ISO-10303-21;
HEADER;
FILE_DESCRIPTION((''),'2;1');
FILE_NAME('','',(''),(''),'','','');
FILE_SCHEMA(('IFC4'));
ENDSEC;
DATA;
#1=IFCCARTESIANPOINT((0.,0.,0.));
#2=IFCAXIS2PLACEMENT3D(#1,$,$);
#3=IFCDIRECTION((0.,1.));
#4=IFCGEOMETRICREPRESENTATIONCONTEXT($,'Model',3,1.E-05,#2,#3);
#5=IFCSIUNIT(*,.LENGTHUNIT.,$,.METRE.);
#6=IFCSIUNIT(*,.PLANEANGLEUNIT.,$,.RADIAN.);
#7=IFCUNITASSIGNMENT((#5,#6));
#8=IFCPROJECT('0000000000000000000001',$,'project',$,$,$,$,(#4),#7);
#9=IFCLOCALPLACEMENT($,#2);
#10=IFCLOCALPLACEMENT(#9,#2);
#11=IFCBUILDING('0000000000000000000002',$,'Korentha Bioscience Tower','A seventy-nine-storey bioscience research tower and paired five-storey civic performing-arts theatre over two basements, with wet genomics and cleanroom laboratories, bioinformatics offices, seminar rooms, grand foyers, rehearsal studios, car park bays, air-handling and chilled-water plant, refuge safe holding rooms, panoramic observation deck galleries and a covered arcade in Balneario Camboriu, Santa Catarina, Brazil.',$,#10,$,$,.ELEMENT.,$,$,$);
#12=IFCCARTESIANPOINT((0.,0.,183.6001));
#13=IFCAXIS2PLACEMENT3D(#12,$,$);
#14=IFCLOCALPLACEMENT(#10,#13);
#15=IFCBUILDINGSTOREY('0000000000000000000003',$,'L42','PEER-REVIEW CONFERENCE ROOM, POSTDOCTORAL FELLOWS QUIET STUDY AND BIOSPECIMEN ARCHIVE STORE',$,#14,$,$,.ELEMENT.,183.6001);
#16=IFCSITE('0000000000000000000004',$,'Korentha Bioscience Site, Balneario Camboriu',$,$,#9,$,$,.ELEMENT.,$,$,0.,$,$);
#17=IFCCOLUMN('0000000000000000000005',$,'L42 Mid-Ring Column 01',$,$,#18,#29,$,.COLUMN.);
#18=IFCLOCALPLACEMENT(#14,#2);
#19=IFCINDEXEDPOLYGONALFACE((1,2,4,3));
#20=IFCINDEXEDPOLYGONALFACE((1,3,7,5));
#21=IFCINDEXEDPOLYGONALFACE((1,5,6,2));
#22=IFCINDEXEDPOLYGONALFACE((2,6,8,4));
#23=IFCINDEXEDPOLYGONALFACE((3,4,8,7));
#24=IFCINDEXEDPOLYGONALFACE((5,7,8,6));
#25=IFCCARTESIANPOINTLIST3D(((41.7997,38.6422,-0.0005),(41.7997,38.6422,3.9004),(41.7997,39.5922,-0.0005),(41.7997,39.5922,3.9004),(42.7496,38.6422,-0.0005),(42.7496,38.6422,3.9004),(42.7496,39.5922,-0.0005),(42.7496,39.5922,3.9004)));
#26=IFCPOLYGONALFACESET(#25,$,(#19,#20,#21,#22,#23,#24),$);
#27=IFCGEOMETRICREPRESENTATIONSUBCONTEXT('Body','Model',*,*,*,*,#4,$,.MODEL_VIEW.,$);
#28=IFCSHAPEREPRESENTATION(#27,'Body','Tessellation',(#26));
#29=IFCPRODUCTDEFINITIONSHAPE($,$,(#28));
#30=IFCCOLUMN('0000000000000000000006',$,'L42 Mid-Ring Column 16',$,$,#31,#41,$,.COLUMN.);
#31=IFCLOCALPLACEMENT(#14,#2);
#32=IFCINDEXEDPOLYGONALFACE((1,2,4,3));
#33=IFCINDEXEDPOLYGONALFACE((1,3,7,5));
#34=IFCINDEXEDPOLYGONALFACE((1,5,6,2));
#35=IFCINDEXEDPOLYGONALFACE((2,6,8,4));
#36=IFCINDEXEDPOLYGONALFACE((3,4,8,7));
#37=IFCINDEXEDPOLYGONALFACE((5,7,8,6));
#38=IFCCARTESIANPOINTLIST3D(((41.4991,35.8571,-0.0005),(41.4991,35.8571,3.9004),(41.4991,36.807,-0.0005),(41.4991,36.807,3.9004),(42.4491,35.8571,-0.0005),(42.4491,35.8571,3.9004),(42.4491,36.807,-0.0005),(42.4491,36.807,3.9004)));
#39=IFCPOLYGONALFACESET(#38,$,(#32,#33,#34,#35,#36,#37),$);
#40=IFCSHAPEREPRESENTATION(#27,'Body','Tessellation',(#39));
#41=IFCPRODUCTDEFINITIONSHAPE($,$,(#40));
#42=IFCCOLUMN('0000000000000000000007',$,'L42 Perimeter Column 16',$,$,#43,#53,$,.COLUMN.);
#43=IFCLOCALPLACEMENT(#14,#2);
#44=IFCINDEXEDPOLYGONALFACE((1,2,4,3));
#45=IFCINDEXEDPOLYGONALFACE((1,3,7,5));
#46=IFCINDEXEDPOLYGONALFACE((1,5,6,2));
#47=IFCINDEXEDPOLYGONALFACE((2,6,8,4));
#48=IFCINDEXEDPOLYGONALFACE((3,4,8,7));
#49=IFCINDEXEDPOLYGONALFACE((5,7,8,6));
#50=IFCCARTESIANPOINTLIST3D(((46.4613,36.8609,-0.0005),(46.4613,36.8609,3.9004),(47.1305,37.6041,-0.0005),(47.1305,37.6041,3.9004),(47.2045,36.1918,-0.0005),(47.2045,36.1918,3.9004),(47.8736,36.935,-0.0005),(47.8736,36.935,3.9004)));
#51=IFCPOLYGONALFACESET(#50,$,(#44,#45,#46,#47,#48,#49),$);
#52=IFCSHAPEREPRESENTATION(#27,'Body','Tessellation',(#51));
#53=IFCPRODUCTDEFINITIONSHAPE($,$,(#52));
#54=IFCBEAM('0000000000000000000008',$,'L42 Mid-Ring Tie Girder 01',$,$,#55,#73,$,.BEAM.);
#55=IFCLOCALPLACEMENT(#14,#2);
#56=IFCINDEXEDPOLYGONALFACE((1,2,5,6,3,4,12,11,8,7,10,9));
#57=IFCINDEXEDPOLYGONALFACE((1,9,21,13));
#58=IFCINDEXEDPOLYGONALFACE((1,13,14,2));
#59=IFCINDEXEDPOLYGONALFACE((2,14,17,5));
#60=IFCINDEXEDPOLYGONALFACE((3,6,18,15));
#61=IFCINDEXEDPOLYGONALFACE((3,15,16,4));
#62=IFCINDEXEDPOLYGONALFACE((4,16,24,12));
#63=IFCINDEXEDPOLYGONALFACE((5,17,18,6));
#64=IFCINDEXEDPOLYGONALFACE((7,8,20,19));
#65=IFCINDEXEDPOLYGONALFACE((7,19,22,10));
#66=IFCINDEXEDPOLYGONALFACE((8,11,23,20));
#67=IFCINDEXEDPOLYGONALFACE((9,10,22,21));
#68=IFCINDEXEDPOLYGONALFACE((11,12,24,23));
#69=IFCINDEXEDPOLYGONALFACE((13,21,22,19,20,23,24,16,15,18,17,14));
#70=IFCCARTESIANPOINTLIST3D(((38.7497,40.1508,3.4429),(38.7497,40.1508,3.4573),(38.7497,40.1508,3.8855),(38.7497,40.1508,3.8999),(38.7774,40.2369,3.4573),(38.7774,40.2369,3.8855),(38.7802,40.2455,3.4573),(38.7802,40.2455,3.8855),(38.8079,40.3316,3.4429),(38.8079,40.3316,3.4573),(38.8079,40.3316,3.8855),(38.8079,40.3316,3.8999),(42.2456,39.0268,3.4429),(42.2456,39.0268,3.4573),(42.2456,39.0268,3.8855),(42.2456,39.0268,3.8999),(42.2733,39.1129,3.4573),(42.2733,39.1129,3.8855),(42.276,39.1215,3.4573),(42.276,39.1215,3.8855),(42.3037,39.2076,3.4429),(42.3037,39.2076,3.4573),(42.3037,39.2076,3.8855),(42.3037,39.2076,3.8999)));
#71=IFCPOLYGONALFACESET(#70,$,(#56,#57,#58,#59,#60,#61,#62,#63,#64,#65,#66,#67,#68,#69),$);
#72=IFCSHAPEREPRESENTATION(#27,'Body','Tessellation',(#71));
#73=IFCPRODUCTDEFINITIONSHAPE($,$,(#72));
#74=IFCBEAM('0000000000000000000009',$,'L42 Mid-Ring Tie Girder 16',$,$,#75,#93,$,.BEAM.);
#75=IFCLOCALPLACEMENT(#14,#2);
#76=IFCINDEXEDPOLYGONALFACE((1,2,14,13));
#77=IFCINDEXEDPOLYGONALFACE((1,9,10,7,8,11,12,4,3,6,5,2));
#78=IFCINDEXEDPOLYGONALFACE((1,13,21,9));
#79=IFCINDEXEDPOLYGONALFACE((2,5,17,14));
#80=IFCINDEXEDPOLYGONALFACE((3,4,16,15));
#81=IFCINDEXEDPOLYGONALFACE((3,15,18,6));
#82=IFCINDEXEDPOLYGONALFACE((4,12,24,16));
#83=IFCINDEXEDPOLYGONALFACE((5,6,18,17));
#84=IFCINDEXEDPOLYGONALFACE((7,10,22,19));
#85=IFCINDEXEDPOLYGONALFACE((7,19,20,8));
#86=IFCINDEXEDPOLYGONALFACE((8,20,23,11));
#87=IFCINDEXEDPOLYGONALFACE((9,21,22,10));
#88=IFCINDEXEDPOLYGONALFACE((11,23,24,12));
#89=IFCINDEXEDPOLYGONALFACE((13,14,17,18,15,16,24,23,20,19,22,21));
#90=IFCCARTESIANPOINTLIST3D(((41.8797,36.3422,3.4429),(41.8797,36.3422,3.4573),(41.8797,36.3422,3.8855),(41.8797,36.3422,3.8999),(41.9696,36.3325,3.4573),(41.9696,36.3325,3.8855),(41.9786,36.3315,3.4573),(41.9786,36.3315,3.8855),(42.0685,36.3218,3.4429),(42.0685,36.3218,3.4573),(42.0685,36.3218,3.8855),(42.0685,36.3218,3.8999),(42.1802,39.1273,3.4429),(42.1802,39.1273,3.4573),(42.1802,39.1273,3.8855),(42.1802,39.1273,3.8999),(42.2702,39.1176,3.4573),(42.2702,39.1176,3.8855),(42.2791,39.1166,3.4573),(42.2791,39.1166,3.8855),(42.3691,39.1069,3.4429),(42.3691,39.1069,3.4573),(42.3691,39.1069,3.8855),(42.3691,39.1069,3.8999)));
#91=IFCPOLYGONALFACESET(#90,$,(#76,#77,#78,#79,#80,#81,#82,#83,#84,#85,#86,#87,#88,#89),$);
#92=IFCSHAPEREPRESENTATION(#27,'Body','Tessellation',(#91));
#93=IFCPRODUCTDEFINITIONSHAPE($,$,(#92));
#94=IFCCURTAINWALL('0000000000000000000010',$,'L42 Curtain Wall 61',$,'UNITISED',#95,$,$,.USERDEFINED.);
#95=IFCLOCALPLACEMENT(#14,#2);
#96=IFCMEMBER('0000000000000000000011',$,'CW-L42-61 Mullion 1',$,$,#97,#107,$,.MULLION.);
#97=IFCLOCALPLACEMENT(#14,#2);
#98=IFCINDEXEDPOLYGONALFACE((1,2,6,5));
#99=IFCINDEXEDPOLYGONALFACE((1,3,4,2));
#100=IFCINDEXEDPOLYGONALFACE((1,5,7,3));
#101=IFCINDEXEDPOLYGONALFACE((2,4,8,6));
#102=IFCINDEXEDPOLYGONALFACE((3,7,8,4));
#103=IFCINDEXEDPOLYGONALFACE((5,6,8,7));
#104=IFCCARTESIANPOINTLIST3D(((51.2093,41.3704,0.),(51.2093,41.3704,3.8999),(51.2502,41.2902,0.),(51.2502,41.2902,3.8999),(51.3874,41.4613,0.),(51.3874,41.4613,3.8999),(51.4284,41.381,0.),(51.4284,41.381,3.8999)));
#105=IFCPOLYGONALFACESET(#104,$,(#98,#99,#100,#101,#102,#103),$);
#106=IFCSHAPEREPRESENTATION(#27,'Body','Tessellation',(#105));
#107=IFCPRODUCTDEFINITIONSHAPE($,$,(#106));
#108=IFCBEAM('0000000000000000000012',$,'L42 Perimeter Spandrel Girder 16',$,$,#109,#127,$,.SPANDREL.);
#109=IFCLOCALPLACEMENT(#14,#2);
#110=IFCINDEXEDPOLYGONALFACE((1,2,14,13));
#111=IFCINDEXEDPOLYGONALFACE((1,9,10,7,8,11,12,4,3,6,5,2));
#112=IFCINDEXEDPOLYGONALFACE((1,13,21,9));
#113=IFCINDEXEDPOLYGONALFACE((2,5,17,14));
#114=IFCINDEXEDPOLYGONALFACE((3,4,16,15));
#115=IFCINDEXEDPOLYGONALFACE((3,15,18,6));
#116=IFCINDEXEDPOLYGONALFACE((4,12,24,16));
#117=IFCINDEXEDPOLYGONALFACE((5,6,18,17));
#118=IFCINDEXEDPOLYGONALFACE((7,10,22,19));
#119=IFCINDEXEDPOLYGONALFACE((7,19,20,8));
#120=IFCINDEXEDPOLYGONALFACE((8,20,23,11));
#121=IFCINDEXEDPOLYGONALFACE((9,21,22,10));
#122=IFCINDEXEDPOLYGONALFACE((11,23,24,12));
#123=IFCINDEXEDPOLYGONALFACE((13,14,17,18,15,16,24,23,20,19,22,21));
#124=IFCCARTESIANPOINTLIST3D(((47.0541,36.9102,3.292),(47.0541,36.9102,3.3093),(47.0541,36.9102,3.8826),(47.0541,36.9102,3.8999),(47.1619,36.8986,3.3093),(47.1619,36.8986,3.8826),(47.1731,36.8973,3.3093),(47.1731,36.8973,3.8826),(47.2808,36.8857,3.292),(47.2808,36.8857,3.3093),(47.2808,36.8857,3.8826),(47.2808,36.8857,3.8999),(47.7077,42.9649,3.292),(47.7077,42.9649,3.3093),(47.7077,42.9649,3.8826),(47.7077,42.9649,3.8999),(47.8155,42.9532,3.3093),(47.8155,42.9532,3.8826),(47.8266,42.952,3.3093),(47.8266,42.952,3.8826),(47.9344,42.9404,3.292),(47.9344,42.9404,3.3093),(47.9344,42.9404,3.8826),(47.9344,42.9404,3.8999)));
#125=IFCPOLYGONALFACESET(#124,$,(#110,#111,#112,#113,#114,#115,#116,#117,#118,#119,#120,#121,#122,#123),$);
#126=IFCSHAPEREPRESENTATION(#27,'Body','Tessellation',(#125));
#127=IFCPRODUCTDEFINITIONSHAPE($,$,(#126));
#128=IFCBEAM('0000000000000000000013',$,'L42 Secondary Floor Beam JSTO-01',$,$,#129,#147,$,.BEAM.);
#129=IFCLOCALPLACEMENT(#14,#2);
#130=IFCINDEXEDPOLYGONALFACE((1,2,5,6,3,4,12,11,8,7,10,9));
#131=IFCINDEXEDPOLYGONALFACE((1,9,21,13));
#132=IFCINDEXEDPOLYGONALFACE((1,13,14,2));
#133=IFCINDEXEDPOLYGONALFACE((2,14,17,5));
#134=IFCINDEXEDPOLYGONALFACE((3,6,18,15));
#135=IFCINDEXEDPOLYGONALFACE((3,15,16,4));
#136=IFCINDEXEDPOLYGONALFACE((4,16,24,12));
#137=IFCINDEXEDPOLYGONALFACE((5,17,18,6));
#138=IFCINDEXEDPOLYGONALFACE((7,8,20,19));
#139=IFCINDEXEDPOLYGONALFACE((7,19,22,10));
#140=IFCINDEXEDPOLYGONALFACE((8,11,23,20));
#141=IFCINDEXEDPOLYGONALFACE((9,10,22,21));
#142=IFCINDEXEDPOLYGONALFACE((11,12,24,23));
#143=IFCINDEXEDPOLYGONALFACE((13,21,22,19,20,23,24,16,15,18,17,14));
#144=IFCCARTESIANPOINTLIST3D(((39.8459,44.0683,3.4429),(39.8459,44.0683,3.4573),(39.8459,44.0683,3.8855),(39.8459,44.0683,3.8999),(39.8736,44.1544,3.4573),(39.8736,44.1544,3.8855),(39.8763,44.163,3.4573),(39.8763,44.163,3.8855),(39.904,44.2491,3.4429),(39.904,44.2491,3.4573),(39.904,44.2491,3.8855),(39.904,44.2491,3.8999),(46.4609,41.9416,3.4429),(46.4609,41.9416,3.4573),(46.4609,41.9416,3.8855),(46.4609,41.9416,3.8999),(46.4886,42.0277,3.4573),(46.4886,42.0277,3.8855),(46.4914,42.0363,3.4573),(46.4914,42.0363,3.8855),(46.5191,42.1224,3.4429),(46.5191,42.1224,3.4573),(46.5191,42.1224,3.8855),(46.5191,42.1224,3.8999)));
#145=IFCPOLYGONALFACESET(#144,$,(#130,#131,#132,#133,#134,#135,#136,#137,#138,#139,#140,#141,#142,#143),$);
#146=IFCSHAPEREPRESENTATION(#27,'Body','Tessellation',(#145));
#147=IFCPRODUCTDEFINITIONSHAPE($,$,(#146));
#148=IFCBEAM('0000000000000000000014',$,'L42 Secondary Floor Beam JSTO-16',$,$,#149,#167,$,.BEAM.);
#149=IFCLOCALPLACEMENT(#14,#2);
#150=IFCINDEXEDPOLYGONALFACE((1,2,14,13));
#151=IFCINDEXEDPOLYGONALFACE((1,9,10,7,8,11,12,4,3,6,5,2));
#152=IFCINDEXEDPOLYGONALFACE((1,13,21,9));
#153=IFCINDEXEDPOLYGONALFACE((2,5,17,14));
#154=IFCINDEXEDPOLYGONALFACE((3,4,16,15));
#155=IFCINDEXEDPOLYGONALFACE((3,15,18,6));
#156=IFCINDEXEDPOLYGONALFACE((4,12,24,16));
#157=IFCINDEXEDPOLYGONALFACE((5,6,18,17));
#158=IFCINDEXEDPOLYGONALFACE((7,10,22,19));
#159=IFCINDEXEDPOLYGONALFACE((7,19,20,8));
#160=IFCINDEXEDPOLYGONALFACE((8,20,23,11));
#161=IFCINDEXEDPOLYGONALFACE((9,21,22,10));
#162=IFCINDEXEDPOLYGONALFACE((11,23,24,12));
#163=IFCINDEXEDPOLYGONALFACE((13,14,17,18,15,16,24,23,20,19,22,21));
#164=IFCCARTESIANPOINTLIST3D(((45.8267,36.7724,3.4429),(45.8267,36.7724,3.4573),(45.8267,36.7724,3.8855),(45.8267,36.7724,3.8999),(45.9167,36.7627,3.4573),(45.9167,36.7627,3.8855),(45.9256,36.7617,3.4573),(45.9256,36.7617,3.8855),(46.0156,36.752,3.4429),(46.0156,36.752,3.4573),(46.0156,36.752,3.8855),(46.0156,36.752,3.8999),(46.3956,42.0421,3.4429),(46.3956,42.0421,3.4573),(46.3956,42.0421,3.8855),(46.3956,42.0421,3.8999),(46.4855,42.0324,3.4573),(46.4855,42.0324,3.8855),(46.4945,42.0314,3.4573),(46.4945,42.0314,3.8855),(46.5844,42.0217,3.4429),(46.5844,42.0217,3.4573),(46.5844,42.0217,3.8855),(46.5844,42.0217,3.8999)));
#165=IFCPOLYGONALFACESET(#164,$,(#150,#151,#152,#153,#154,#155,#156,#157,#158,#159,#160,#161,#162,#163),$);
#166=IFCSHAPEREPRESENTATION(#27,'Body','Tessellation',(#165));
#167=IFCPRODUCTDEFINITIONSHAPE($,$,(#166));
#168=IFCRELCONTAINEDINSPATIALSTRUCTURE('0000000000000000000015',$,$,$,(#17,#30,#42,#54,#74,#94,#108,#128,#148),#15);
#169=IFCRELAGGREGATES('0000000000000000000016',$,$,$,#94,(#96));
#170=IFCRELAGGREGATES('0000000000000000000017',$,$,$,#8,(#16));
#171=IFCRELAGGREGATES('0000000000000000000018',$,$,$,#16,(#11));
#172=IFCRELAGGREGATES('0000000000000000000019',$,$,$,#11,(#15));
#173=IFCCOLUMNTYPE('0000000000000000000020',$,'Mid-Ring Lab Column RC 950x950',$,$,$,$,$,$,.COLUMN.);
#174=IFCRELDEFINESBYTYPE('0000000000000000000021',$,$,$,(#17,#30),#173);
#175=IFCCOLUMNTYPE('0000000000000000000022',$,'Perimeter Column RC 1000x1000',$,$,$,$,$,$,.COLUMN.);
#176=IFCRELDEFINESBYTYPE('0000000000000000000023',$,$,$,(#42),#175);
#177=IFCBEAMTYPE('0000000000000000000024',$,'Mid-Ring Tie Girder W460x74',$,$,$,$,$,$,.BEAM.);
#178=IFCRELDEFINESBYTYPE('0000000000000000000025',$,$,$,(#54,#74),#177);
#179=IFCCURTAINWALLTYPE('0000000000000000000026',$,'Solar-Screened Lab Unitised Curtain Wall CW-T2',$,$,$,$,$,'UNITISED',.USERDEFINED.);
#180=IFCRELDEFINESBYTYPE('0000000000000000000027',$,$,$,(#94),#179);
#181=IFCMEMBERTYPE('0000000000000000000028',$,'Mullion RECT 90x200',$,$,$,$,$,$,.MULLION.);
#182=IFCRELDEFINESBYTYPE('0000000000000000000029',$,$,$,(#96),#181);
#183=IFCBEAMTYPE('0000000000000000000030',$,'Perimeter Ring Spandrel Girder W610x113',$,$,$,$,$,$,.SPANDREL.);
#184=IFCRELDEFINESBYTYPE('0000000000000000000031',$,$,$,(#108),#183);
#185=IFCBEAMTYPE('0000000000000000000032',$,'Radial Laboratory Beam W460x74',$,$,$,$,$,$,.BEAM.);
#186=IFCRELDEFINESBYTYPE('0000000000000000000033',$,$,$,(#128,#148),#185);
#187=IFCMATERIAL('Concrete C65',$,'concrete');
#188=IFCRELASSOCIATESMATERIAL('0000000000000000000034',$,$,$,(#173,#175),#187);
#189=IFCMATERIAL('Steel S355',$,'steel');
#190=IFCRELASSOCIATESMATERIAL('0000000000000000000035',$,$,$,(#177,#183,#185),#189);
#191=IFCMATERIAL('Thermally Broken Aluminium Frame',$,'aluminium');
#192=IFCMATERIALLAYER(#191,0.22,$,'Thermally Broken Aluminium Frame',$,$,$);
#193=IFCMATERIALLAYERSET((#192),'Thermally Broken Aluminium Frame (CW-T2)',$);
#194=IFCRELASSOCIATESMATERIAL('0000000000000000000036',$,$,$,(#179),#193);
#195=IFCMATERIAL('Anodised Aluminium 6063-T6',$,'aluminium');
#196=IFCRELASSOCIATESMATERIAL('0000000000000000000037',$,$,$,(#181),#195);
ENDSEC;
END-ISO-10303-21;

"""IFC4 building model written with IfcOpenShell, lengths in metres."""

from ifc_helpers import new_model, si_unit, direction, frame, origin, origin_2d, place, context, subcontext, project, spatial, rectangle, i_section, extrude, material, layer, layer_set, material_profile, profile_set, type_object, element, aggregate, save


model = new_model("IFC4")

# Units and contexts
model_context = context("Model", 3, precision=1e-05, world=origin(), true_north=direction((0.0, 1.0)))
body_context = subcontext(model_context, "Body", "Model", "MODEL_VIEW")
ifc_project = project(units=[si_unit("LENGTHUNIT", "METRE"), si_unit("PLANEANGLEUNIT", "RADIAN")], contexts=[model_context])

# Site, building, storey
site_placement = place(None, origin())
site = spatial("IfcSite", under=ifc_project, at=site_placement, Name="Korentha Bioscience Site, Balneario Camboriu", CompositionType="ELEMENT", RefElevation=0.0)
building_placement = place(site_placement, origin())
building = spatial("IfcBuilding", under=site, at=building_placement, Name="Korentha Bioscience Tower", Description="A seventy-nine-storey bioscience research tower and paired five-storey civic performing-arts theatre over two basements, with wet genomics and cleanroom laboratories, bioinformatics offices, seminar rooms, grand foyers, rehearsal studios, car park bays, air-handling and chilled-water plant, refuge safe holding rooms, panoramic observation deck galleries and a covered arcade in Balneario Camboriu, Santa Catarina, Brazil.", CompositionType="ELEMENT")
storey_placement = place(building_placement, frame((0.0, 0.0, 183.6001)))
storey = spatial("IfcBuildingStorey", under=building, at=storey_placement, Name="L42", Description="PEER-REVIEW CONFERENCE ROOM, POSTDOCTORAL FELLOWS QUIET STUDY AND BIOSPECIMEN ARCHIVE STORE", CompositionType="ELEMENT", Elevation=183.6001)

# Columns
ifc_material_1 = material(Name="Concrete C65", Category="concrete")
ifc_material_profile_1 = material_profile(ifc_material_1, rectangle(XDim=0.95, YDim=0.95, at=origin_2d()), Name="Concrete C65")
ifc_profile_set_1 = profile_set([ifc_material_profile_1], Name="Concrete C65 (COL-MR09)")
column_type_1 = type_object("IfcColumnType", Name="Mid-Ring Lab Column RC 950x950", PredefinedType="COLUMN", material=ifc_profile_set_1)
for number, where, z_axis, x_axis, name in (
    (1, (42.2747, 39.1172, -0.0005), (0.0, 0.0, 1.0), (1.0, 0.0, 0.0), "L42 Mid-Ring Column 01"),
    (2, (41.9741, 36.332, -0.0005), (0.0, 0.0, 1.0), (1.0, 0.0, 0.0), "L42 Mid-Ring Column 16"),
):
    element("IfcColumn", number, at=place(storey_placement, frame(where, z_axis=z_axis, x_axis=x_axis)), inside=storey, type_object=column_type_1, Name=name, PredefinedType="COLUMN", context=body_context, shape_type="SweptSolid", body=[
        extrude(rectangle(XDim=0.95, YDim=0.95, at=origin_2d()), origin(), (0.0, 0.0, 1.0), 3.9009),
    ])
ifc_material_profile_2 = material_profile(ifc_material_1, rectangle(XDim=1.0, YDim=1.0, at=origin_2d()), Name="Concrete C65")
ifc_profile_set_2 = profile_set([ifc_material_profile_2], Name="Concrete C65 (COL-P10)")
column_type_2 = type_object("IfcColumnType", Name="Perimeter Column RC 1000x1000", PredefinedType="COLUMN", material=ifc_profile_set_2)
column_placement = place(storey_placement, frame((47.1675, 36.8979, -0.0005), z_axis=(0.0, 0.0, 1.0), x_axis=(0.669131, 0.743145, 0.0)))
element("IfcColumn", 3, at=column_placement, inside=storey, type_object=column_type_2, Name="L42 Perimeter Column 16", PredefinedType="COLUMN", context=body_context, shape_type="SweptSolid", body=[
    extrude(rectangle(XDim=1.0, YDim=1.0, at=origin_2d()), origin(), (0.0, 0.0, 1.0), 3.9009),
])

# Beams
ifc_material_2 = material(Name="Steel S355", Category="steel")
ifc_material_profile_3 = material_profile(ifc_material_2, i_section(OverallWidth=0.1899, OverallDepth=0.457, WebThickness=0.009, FlangeThickness=0.0144, at=origin_2d()), Name="Steel S355")
ifc_profile_set_3 = profile_set([ifc_material_profile_3], Name="Steel S355 (MB-460)")
beam_type_1 = type_object("IfcBeamType", Name="Mid-Ring Tie Girder W460x74", PredefinedType="BEAM", material=ifc_profile_set_3)
beam_1_placement = place(storey_placement, frame((42.2747, 39.1172, 3.6714), z_axis=(-0.952, 0.306097, 0.0), x_axis=(-0.306097, -0.952, 0.0)))
element("IfcBeam", 4, at=beam_1_placement, inside=storey, type_object=beam_type_1, Name="L42 Mid-Ring Tie Girder 01", PredefinedType="BEAM", context=body_context, shape_type="SweptSolid", body=[
    extrude(i_section(OverallWidth=0.1899, OverallDepth=0.457, WebThickness=0.009, FlangeThickness=0.0144, at=origin_2d()), origin(), (0.0, 0.0, 1.0), 3.6721),
])
beam_2_placement = place(storey_placement, frame((41.9741, 36.332, 3.6714), z_axis=(0.107284, 0.994228, 0.0), x_axis=(-0.994228, 0.107284, 0.0)))
element("IfcBeam", 5, at=beam_2_placement, inside=storey, type_object=beam_type_1, Name="L42 Mid-Ring Tie Girder 16", PredefinedType="BEAM", context=body_context, shape_type="SweptSolid", body=[
    extrude(i_section(OverallWidth=0.1899, OverallDepth=0.457, WebThickness=0.009, FlangeThickness=0.0144, at=origin_2d()), origin(), (0.0, 0.0, 1.0), 2.8013),
])

# Curtain wall, member
ifc_material_3 = material(Name="Thermally Broken Aluminium Frame", Category="aluminium")
ifc_layer_1 = layer(ifc_material_3, 0.22, Name="Thermally Broken Aluminium Frame")
ifc_layer_set_1 = layer_set([ifc_layer_1], Name="Thermally Broken Aluminium Frame (CW-T2)")
curtain_wall_type = type_object("IfcCurtainWallType", Name="Solar-Screened Lab Unitised Curtain Wall CW-T2", ElementType="UNITISED", PredefinedType="USERDEFINED", material=ifc_layer_set_1)
curtain_wall_placement = place(storey_placement, origin())
curtain_wall = element("IfcCurtainWall", 6, at=curtain_wall_placement, inside=storey, type_object=curtain_wall_type, Name="L42 Curtain Wall 61", ObjectType="UNITISED", PredefinedType="USERDEFINED")
ifc_material_4 = material(Name="Anodised Aluminium 6063-T6", Category="aluminium")
ifc_material_profile_4 = material_profile(ifc_material_4, rectangle(XDim=0.0901, YDim=0.2, at=origin_2d()), Name="Anodised Aluminium 6063-T6")
ifc_profile_set_4 = profile_set([ifc_material_profile_4], Name="Anodised Aluminium 6063-T6 (CW-MUL)")
member_type_1 = type_object("IfcMemberType", Name="Mullion RECT 90x200", PredefinedType="MULLION", material=ifc_profile_set_4)
member_1_placement = place(storey_placement, frame((51.3188, 41.3757, 0.0), z_axis=(0.0, 0.0, 1.0), x_axis=(-0.454288, 0.890855, 0.0)))
member_1 = element("IfcMember", 7, at=member_1_placement, type_object=member_type_1, Name="CW-L42-61 Mullion 1", PredefinedType="MULLION", context=body_context, shape_type="SweptSolid", body=[
    extrude(rectangle(XDim=0.0901, YDim=0.2, at=origin_2d()), origin(), (0.0, 0.0, 1.0), 3.8999),
])

# Beams
ifc_material_profile_5 = material_profile(ifc_material_2, i_section(OverallWidth=0.228, OverallDepth=0.6079, WebThickness=0.0112, FlangeThickness=0.0173, at=origin_2d()), Name="Steel S355")
ifc_profile_set_5 = profile_set([ifc_material_profile_5], Name="Steel S355 (SB-610)")
beam_type_2 = type_object("IfcBeamType", Name="Perimeter Ring Spandrel Girder W610x113", PredefinedType="SPANDREL", material=ifc_profile_set_5)
beam_3_placement = place(storey_placement, frame((47.1675, 36.8979, 3.5959), z_axis=(0.10732, 0.994225, 0.0), x_axis=(-0.994225, 0.10732, 0.0)))
element("IfcBeam", 8, at=beam_3_placement, inside=storey, type_object=beam_type_2, Name="L42 Perimeter Spandrel Girder 16", PredefinedType="SPANDREL", context=body_context, shape_type="SweptSolid", body=[
    extrude(i_section(OverallWidth=0.228, OverallDepth=0.6079, WebThickness=0.0112, FlangeThickness=0.0173, at=origin_2d()), origin(), (0.0, 0.0, 1.0), 6.0898),
])
ifc_material_profile_6 = material_profile(ifc_material_2, i_section(OverallWidth=0.1899, OverallDepth=0.457, WebThickness=0.009, FlangeThickness=0.0144, at=origin_2d()), Name="Steel S355")
ifc_profile_set_6 = profile_set([ifc_material_profile_6], Name="Steel S355 (RB-460)")
beam_type_3 = type_object("IfcBeamType", Name="Radial Laboratory Beam W460x74", PredefinedType="BEAM", material=ifc_profile_set_6)
beam_4_placement = place(storey_placement, frame((46.49, 42.032, 3.6714), z_axis=(-0.952009, 0.306069, 0.0), x_axis=(-0.306069, -0.952009, 0.0)))
element("IfcBeam", 9, at=beam_4_placement, inside=storey, type_object=beam_type_3, Name="L42 Secondary Floor Beam JSTO-01", PredefinedType="BEAM", context=body_context, shape_type="SweptSolid", body=[
    extrude(i_section(OverallWidth=0.1899, OverallDepth=0.457, WebThickness=0.009, FlangeThickness=0.0144, at=origin_2d()), origin(), (0.0, 0.0, 1.0), 6.9485),
])
beam_5_placement = place(storey_placement, frame((45.9211, 36.7622, 3.6714), z_axis=(0.107322, 0.994224, 0.0), x_axis=(-0.994224, 0.107322, 0.0)))
element("IfcBeam", 10, at=beam_5_placement, inside=storey, type_object=beam_type_3, Name="L42 Secondary Floor Beam JSTO-16", PredefinedType="BEAM", context=body_context, shape_type="SweptSolid", body=[
    extrude(i_section(OverallWidth=0.1899, OverallDepth=0.457, WebThickness=0.009, FlangeThickness=0.0144, at=origin_2d()), origin(), (0.0, 0.0, 1.0), 5.3003),
])

aggregate(curtain_wall, [member_1])

save(model, "model.ifc")
